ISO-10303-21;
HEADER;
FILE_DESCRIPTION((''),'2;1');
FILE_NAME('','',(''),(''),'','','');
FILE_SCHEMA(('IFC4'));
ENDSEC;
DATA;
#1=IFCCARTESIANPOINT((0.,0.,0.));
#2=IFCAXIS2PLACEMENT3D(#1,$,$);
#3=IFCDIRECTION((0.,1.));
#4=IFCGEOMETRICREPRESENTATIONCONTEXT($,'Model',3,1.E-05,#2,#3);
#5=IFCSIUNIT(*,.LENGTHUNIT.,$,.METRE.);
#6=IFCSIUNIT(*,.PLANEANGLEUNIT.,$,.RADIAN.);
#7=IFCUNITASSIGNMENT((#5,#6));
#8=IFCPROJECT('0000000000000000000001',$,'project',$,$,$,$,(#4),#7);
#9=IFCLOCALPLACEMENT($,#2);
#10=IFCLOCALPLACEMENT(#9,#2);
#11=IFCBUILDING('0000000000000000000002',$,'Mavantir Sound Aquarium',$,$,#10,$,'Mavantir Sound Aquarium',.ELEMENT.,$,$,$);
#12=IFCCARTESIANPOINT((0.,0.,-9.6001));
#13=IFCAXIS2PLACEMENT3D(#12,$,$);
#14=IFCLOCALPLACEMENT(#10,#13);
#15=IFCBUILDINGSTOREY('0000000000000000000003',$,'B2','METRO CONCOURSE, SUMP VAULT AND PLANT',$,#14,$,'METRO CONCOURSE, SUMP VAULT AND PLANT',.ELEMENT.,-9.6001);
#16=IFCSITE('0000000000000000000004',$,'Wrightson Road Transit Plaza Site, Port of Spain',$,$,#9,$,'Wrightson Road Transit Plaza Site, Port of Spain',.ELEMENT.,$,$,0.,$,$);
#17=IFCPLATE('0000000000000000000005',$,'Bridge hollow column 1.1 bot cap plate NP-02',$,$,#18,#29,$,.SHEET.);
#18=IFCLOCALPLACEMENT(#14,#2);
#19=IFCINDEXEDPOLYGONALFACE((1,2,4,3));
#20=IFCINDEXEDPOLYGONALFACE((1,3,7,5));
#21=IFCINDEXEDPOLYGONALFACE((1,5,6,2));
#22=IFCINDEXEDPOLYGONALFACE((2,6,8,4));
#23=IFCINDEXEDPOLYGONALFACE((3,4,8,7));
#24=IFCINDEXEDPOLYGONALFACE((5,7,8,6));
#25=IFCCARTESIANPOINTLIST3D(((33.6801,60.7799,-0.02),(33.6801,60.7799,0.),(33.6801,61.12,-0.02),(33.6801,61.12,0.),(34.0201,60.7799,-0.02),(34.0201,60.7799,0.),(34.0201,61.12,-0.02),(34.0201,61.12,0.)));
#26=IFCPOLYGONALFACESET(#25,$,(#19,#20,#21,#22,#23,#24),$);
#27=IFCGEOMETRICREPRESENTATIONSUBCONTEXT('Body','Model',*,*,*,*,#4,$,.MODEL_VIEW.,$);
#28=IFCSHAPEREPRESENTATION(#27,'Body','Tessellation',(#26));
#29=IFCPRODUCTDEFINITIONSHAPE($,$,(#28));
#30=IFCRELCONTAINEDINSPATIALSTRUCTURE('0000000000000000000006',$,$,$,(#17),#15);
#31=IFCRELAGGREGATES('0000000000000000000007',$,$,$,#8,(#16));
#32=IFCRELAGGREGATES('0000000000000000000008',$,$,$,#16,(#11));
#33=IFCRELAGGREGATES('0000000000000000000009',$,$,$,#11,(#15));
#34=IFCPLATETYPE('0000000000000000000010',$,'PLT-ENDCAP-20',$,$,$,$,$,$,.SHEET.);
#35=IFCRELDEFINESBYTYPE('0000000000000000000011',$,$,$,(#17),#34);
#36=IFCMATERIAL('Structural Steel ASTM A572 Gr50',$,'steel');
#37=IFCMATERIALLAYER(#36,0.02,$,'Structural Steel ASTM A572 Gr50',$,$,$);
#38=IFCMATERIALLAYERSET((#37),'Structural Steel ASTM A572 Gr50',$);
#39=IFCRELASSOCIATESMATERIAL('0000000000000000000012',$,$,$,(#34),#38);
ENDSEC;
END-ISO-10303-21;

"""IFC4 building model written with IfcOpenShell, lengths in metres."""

from ifc_helpers import new_model, si_unit, direction, frame, origin, origin_2d, place, context, subcontext, project, spatial, rectangle, extrude, material, layer, layer_set, type_object, element, save


model = new_model("IFC4")

# Units and contexts
model_context = context("Model", 3, precision=1e-05, world=origin(), true_north=direction((0.0, 1.0)))
body_context = subcontext(model_context, "Body", "Model", "MODEL_VIEW")
ifc_project = project(units=[si_unit("LENGTHUNIT", "METRE"), si_unit("PLANEANGLEUNIT", "RADIAN")], contexts=[model_context])

# Site, building, storey
site_placement = place(None, origin())
site = spatial("IfcSite", under=ifc_project, at=site_placement, Name="Wrightson Road Transit Plaza Site, Port of Spain", LongName="Wrightson Road Transit Plaza Site, Port of Spain", CompositionType="ELEMENT", RefElevation=0.0)
building_placement = place(site_placement, origin())
building = spatial("IfcBuilding", under=site, at=building_placement, Name="Mavantir Sound Aquarium", LongName="Mavantir Sound Aquarium", CompositionType="ELEMENT")
storey_placement = place(building_placement, frame((0.0, 0.0, -9.6001)))
storey = spatial("IfcBuildingStorey", under=building, at=storey_placement, Name="B2", Description="METRO CONCOURSE, SUMP VAULT AND PLANT", LongName="METRO CONCOURSE, SUMP VAULT AND PLANT", CompositionType="ELEMENT", Elevation=-9.6001)

# Plate
ifc_material_1 = material(Name="Structural Steel ASTM A572 Gr50", Category="steel")
ifc_layer = layer(ifc_material_1, 0.02, Name="Structural Steel ASTM A572 Gr50")
ifc_layer_set = layer_set([ifc_layer], Name="Structural Steel ASTM A572 Gr50")
plate_type = type_object("IfcPlateType", Name="PLT-ENDCAP-20", PredefinedType="SHEET", material=ifc_layer_set)
plate_placement = place(storey_placement, frame((33.8501, 60.95, -0.02), z_axis=(0.0, 0.0, 1.0), x_axis=(1.0, 0.0, 0.0)))
element("IfcPlate", 1, at=plate_placement, inside=storey, type_object=plate_type, Name="Bridge hollow column 1.1 bot cap plate NP-02", PredefinedType="SHEET", context=body_context, shape_type="SweptSolid", body=[
    extrude(rectangle(XDim=0.3401, YDim=0.3401, at=origin_2d()), origin(), (0.0, 0.0, 1.0), 0.02),
])

save(model, "model.ifc")
